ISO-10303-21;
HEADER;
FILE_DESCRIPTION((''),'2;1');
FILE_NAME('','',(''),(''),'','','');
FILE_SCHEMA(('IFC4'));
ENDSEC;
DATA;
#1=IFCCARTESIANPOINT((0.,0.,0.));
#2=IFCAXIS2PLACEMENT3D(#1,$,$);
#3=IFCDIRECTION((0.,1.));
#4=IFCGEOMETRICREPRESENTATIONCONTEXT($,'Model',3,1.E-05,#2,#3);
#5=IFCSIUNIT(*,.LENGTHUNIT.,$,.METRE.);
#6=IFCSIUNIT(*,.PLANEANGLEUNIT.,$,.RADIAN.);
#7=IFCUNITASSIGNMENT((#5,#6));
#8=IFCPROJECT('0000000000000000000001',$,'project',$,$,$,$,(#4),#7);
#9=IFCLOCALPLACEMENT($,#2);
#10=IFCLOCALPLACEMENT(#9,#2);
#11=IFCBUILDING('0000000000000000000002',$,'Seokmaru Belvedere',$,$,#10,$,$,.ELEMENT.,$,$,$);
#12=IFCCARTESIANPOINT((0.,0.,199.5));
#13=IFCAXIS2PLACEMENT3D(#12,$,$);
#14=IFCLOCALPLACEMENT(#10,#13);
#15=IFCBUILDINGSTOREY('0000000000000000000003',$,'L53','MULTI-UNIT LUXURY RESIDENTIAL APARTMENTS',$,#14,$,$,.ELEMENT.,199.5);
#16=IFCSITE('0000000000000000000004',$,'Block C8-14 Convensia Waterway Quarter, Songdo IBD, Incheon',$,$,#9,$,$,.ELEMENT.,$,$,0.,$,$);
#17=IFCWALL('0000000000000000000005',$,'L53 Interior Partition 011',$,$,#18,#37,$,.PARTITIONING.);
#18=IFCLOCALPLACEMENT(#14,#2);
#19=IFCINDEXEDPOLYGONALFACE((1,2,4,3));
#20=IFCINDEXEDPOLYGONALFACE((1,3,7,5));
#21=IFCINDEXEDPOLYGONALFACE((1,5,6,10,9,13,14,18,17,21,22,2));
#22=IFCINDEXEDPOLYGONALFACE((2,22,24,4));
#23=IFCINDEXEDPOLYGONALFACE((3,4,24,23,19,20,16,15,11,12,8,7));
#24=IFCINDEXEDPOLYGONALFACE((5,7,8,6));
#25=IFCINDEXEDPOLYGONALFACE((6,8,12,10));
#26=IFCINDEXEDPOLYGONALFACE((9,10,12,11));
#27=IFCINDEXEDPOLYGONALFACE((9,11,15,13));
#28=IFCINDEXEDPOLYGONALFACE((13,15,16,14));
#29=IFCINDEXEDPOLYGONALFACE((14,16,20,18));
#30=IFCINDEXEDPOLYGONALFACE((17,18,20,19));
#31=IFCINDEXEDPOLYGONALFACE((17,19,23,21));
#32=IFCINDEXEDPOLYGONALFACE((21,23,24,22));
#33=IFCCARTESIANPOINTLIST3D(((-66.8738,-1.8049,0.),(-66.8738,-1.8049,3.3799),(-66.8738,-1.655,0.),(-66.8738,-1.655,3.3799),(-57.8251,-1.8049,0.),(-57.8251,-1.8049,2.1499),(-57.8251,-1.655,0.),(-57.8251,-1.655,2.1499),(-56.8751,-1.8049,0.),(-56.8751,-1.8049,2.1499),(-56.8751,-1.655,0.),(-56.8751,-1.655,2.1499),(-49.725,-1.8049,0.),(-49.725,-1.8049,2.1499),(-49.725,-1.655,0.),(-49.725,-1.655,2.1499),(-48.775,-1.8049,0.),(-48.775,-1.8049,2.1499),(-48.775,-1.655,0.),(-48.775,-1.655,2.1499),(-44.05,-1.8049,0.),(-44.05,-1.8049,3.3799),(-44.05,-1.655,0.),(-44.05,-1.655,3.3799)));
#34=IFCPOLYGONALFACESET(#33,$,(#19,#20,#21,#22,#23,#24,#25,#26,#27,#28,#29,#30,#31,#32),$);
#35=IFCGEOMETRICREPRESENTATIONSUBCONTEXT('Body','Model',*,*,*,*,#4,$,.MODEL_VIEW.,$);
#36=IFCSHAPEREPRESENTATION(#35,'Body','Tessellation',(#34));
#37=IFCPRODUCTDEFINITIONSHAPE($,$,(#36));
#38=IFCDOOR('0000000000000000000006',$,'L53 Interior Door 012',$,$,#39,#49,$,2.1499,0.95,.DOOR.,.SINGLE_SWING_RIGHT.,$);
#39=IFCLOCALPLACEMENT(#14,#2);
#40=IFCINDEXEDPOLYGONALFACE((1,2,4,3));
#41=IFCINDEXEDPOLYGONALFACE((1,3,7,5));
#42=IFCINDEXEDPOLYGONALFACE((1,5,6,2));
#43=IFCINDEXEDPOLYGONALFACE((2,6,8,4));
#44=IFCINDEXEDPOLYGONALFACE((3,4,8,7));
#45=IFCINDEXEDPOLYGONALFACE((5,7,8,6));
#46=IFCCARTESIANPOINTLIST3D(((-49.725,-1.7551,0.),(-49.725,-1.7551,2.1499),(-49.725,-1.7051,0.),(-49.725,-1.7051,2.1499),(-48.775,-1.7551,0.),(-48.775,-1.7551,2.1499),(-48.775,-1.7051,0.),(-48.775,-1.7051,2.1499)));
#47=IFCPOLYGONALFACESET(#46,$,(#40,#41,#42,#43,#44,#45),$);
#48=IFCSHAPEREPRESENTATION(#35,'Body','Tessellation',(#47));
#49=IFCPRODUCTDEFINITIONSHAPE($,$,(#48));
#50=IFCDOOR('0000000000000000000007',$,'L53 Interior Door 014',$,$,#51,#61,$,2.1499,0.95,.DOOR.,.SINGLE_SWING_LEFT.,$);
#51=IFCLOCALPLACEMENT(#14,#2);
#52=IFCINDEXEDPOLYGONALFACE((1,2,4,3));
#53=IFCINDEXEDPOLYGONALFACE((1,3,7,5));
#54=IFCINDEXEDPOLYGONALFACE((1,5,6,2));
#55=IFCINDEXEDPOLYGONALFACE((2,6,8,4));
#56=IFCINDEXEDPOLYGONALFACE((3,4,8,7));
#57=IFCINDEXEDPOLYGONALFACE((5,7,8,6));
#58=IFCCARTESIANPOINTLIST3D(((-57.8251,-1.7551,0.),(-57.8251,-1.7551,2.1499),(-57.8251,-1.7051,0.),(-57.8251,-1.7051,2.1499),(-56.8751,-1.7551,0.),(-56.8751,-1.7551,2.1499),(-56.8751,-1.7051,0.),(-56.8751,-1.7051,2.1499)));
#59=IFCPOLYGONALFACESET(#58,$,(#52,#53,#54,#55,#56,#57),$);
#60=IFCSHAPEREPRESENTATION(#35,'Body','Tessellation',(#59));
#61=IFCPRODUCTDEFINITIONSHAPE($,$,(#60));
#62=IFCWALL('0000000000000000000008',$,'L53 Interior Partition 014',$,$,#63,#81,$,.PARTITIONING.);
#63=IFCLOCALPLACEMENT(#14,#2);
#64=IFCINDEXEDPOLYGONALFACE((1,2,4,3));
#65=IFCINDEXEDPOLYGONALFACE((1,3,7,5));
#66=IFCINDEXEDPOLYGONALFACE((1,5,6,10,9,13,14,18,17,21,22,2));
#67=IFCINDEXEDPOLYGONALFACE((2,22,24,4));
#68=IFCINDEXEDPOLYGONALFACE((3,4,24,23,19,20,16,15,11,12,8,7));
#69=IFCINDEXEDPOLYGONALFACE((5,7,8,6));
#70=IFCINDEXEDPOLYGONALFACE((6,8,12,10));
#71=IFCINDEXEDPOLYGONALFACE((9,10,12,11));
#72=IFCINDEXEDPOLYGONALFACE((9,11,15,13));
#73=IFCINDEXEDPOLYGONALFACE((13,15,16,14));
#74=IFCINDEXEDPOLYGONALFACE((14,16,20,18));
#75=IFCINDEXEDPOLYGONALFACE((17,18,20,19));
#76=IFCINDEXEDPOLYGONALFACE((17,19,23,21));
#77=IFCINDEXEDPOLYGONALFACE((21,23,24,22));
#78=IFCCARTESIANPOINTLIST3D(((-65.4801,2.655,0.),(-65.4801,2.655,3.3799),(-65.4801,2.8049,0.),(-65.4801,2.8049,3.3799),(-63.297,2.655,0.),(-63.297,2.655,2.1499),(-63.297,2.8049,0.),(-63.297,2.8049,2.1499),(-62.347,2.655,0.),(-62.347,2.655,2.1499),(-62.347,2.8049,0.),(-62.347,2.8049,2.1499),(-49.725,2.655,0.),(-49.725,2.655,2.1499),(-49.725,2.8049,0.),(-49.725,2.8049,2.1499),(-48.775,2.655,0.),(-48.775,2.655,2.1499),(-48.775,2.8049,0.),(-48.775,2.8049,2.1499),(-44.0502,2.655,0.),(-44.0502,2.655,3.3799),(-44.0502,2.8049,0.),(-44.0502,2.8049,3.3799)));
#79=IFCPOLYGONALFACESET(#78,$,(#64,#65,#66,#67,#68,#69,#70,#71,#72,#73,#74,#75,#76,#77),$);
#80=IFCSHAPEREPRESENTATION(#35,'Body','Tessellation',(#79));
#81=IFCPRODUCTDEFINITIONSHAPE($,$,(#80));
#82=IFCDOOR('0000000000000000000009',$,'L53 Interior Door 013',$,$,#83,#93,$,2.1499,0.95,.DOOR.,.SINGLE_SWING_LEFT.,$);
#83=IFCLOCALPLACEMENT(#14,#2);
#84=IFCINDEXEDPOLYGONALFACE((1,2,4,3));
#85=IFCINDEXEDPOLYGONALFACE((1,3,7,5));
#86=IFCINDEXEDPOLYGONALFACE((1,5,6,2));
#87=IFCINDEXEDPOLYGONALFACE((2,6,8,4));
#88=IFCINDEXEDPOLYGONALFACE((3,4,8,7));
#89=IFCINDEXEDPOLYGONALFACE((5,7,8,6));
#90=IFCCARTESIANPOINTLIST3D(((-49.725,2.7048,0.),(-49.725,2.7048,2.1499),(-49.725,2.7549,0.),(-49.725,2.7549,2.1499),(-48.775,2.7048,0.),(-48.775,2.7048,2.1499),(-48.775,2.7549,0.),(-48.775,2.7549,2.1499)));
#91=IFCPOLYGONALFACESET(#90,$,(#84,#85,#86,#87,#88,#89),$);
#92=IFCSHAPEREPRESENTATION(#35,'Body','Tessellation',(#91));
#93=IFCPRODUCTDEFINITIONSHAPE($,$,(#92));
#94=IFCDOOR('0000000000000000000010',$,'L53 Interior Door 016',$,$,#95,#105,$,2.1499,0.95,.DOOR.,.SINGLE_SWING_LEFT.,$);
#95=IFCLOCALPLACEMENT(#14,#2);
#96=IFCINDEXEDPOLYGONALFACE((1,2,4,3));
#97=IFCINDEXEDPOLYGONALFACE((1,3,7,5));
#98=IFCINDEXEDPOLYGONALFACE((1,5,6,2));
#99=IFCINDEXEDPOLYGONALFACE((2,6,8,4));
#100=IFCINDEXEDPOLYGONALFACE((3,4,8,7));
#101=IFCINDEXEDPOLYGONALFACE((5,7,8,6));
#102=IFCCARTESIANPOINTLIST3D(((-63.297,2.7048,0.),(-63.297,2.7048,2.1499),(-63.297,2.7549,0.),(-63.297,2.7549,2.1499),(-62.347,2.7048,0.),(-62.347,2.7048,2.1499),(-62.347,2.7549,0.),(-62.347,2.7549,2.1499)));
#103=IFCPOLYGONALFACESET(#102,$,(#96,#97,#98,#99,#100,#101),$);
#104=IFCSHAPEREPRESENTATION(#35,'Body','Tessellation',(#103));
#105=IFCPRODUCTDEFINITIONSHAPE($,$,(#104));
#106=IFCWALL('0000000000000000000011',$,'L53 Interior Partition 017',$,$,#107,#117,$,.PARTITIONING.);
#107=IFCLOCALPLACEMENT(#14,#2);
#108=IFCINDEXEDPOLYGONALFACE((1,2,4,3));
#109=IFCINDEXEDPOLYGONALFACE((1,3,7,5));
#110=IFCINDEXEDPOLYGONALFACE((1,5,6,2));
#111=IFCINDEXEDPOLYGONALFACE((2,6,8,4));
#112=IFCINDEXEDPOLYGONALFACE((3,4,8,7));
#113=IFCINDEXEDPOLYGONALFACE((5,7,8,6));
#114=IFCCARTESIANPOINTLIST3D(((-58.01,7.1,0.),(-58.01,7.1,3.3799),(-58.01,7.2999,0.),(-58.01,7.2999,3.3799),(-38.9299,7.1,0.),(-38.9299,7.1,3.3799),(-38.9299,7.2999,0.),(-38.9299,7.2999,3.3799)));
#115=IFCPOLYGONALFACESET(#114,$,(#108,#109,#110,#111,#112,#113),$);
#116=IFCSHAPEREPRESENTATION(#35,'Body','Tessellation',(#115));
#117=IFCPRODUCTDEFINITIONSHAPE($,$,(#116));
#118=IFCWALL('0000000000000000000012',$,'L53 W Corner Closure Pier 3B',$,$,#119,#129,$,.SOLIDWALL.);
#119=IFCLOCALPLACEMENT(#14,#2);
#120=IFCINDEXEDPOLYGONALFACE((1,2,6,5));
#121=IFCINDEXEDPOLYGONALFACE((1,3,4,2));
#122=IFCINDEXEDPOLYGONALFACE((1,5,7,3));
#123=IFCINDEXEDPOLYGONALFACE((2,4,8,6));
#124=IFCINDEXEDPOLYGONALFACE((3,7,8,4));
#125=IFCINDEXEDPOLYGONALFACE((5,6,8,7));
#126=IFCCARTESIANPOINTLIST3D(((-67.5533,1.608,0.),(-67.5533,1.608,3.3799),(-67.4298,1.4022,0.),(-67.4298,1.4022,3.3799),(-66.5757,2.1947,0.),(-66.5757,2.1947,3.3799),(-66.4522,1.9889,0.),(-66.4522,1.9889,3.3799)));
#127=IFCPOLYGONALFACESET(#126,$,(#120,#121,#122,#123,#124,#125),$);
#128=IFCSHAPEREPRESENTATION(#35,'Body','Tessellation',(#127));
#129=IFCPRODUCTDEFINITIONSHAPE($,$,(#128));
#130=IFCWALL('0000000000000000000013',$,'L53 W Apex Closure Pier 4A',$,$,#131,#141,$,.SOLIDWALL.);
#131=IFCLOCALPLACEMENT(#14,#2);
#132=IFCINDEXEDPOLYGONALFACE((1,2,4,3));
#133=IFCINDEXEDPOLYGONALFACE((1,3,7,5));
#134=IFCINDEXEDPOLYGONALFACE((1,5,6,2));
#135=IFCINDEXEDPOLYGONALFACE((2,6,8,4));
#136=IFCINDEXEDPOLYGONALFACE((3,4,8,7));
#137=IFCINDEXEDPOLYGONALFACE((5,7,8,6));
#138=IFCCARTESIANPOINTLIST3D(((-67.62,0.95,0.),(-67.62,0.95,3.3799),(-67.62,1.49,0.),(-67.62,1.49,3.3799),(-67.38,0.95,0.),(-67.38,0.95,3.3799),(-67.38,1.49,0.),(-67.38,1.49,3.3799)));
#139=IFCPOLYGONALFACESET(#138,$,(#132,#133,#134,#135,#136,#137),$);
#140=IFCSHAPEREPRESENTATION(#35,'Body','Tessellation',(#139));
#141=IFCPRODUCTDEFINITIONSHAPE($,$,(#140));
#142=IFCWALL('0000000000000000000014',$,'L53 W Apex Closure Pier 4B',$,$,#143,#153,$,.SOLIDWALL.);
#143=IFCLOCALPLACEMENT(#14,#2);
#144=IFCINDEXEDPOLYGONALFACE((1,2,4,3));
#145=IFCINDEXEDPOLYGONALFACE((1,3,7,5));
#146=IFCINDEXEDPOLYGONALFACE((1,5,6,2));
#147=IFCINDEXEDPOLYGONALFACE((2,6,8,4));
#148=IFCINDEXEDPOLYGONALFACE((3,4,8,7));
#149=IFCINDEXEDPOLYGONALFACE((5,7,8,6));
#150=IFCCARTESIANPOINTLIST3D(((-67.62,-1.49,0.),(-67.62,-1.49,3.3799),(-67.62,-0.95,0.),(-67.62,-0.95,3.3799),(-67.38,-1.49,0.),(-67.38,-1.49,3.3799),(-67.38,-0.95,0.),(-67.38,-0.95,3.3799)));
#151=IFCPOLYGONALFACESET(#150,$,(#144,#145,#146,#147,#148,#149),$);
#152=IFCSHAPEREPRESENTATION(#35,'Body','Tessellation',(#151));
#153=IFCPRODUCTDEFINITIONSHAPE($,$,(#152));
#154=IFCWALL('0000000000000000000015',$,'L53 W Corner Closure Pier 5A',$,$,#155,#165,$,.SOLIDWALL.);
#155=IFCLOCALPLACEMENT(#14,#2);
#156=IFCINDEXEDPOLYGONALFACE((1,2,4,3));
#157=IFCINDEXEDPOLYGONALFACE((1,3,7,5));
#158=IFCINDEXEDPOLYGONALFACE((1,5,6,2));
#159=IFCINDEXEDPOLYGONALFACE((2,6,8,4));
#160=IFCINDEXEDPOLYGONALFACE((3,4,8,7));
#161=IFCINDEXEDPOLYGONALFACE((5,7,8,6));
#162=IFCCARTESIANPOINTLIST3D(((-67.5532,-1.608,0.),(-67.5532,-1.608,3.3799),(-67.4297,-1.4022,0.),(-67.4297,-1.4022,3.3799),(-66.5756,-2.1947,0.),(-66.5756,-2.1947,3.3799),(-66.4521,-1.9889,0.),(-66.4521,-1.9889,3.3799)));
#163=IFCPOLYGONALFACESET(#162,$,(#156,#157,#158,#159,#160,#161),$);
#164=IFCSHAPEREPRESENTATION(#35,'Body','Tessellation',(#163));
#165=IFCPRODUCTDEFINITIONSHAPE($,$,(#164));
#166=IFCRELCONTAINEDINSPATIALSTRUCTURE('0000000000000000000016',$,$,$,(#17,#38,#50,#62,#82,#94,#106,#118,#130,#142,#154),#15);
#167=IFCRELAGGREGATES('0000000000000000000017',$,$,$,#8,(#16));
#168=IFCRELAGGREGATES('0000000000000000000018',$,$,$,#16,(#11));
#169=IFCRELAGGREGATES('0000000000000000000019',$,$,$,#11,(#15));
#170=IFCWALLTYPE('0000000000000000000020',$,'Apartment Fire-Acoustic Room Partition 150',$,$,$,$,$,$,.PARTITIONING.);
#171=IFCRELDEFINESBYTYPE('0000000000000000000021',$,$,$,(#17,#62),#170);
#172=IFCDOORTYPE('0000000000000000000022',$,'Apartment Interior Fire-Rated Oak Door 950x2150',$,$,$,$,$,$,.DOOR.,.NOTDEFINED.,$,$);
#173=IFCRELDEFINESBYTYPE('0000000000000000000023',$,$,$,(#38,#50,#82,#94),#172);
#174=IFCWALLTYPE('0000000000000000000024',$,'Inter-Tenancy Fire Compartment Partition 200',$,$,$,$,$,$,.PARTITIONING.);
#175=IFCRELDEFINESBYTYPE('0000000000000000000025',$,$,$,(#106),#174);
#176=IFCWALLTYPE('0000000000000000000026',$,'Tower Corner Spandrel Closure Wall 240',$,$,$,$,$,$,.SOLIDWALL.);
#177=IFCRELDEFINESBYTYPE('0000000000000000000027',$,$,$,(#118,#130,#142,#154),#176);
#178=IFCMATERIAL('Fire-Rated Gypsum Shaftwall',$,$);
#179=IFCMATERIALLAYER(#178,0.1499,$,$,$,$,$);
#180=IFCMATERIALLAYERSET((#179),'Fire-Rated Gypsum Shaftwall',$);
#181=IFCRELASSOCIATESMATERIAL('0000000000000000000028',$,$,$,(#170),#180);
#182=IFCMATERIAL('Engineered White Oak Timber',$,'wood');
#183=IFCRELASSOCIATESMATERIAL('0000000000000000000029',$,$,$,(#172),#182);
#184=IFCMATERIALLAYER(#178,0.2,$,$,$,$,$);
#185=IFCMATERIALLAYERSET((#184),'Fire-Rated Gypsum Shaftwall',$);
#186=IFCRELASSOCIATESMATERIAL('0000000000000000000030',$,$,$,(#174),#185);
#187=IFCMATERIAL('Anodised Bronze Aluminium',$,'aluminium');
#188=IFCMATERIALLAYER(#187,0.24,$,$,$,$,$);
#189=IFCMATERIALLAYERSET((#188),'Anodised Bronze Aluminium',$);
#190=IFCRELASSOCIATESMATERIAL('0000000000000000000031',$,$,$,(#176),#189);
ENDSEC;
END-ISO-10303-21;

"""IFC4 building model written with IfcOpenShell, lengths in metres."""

from ifc_helpers import new_model, si_unit, direction, frame, frame_2d, origin, place, context, subcontext, project, spatial, rectangle, extrude, source, transform, mapped, material, layer, layer_set, type_object, type_shapes, element, fill, save


model = new_model("IFC4")

# Units and contexts
model_context = context("Model", 3, precision=1e-05, world=origin(), true_north=direction((0.0, 1.0)))
body_context = subcontext(model_context, "Body", "Model", "MODEL_VIEW")
ifc_project = project(units=[si_unit("LENGTHUNIT", "METRE"), si_unit("PLANEANGLEUNIT", "RADIAN")], contexts=[model_context])

# Site, building, storey
site_placement = place(None, origin())
site = spatial("IfcSite", under=ifc_project, at=site_placement, Name="Block C8-14 Convensia Waterway Quarter, Songdo IBD, Incheon", CompositionType="ELEMENT", RefElevation=0.0)
building_placement = place(site_placement, origin())
building = spatial("IfcBuilding", under=site, at=building_placement, Name="Seokmaru Belvedere", CompositionType="ELEMENT")
storey_placement = place(building_placement, frame((0.0, 0.0, 199.5)))
storey = spatial("IfcBuildingStorey", under=building, at=storey_placement, Name="L53", Description="MULTI-UNIT LUXURY RESIDENTIAL APARTMENTS", CompositionType="ELEMENT", Elevation=199.5)

# Shared definitions
ifc_material_1 = material(Name="Anodised Bronze Aluminium", Category="aluminium")

# Walls, openings, doors
ifc_material_2 = material(Name="Fire-Rated Gypsum Shaftwall")
ifc_layer_1 = layer(ifc_material_2, 0.1499)
ifc_layer_set_1 = layer_set([ifc_layer_1], Name="Fire-Rated Gypsum Shaftwall")
wall_type_1 = type_object("IfcWallType", Name="Apartment Fire-Acoustic Room Partition 150", PredefinedType="PARTITIONING", material=ifc_layer_set_1)
wall_1_placement = place(storey_placement, frame((-66.8738, -1.73, 0.0), z_axis=(0.0, 0.0, 1.0), x_axis=(1.0, 0.0, 0.0)))
wall_1 = element("IfcWall", 1, at=wall_1_placement, inside=storey, type_object=wall_type_1, Name="L53 Interior Partition 011", PredefinedType="PARTITIONING", context=body_context, shape_type="SweptSolid", body=[
    extrude(rectangle(XDim=22.8237, YDim=0.1499, at=frame_2d((11.4119, 0.0))), origin(), (0.0, 0.0, 1.0), 3.3799),
])
opening_1_placement = place(wall_1_placement, frame((17.1487, 0.0, 0.0)))
opening_1 = element("IfcOpeningElement", 2, at=opening_1_placement, cuts=wall_1, PredefinedType="OPENING", context=body_context, shape_type="SweptSolid", body=[
    extrude(rectangle(XDim=0.95, YDim=2.1499, at=frame_2d((0.4751, 1.075))), frame((0.0, 0.085, 0.0), z_axis=(0.0, -1.0, 0.0), x_axis=(1.0, 0.0, 0.0)), (0.0, 0.0, 1.0), 0.1699),
])
opening_2_placement = place(wall_1_placement, frame((9.0486, 0.0, 0.0)))
opening_2 = element("IfcOpeningElement", 3, at=opening_2_placement, cuts=wall_1, PredefinedType="OPENING", context=body_context, shape_type="SweptSolid", body=[
    extrude(rectangle(XDim=0.95, YDim=2.1499, at=frame_2d((0.4751, 1.075))), frame((0.0, 0.085, 0.0), z_axis=(0.0, -1.0, 0.0), x_axis=(1.0, 0.0, 0.0)), (0.0, 0.0, 1.0), 0.1699),
])
ifc_material_3 = material(Name="Engineered White Oak Timber", Category="wood")
door_type = type_object("IfcDoorType", Name="Apartment Interior Fire-Rated Oak Door 950x2150", OperationType="NOTDEFINED", PredefinedType="DOOR", material=ifc_material_3)
shared_shape_1 = source(origin(), body_context, "Body", "SweptSolid", [
    extrude(rectangle(XDim=0.95, YDim=2.1499, at=frame_2d((0.4751, 1.075))), frame((0.0, 0.0249, 0.0), z_axis=(0.0, -1.0, 0.0), x_axis=(1.0, 0.0, 0.0)), (0.0, 0.0, 1.0), 0.05),
])
type_shapes(door_type, [shared_shape_1])
door_1_placement = place(opening_1_placement, origin())
door_1 = element("IfcDoor", 4, at=door_1_placement, inside=storey, type_object=door_type, Name="L53 Interior Door 012", OperationType="SINGLE_SWING_RIGHT", OverallHeight=2.1499, OverallWidth=0.95, PredefinedType="DOOR", context=body_context, shape_type="MappedRepresentation", body=[
    mapped(shared_shape_1, transform((0.0, 0.0, 0.0), scale=1.0)),
])
fill(opening_1, door_1)
door_2_placement = place(opening_2_placement, origin())
door_2 = element("IfcDoor", 5, at=door_2_placement, inside=storey, type_object=door_type, Name="L53 Interior Door 014", OperationType="SINGLE_SWING_LEFT", OverallHeight=2.1499, OverallWidth=0.95, PredefinedType="DOOR", context=body_context, shape_type="MappedRepresentation", body=[
    mapped(shared_shape_1, transform((0.0, 0.0, 0.0), scale=1.0)),
])
fill(opening_2, door_2)
wall_2_placement = place(storey_placement, frame((-65.48, 2.73, 0.0), z_axis=(0.0, 0.0, 1.0), x_axis=(1.0, 0.0, 0.0)))
wall_2 = element("IfcWall", 6, at=wall_2_placement, inside=storey, type_object=wall_type_1, Name="L53 Interior Partition 014", PredefinedType="PARTITIONING", context=body_context, shape_type="SweptSolid", body=[
    extrude(rectangle(XDim=21.4299, YDim=0.1499, at=frame_2d((10.7148, 0.0))), origin(), (0.0, 0.0, 1.0), 3.3799),
])
opening_3_placement = place(wall_2_placement, frame((15.7549, 0.0, 0.0)))
opening_3 = element("IfcOpeningElement", 7, at=opening_3_placement, cuts=wall_2, PredefinedType="OPENING", context=body_context, shape_type="SweptSolid", body=[
    extrude(rectangle(XDim=0.95, YDim=2.1499, at=frame_2d((0.4751, 1.075))), frame((0.0, 0.085, 0.0), z_axis=(0.0, -1.0, 0.0), x_axis=(1.0, 0.0, 0.0)), (0.0, 0.0, 1.0), 0.1699),
])
opening_4_placement = place(wall_2_placement, frame((2.1829, 0.0, 0.0)))
opening_4 = element("IfcOpeningElement", 8, at=opening_4_placement, cuts=wall_2, PredefinedType="OPENING", context=body_context, shape_type="SweptSolid", body=[
    extrude(rectangle(XDim=0.95, YDim=2.1499, at=frame_2d((0.4751, 1.075))), frame((0.0, 0.085, 0.0), z_axis=(0.0, -1.0, 0.0), x_axis=(1.0, 0.0, 0.0)), (0.0, 0.0, 1.0), 0.1699),
])
door_3_placement = place(opening_3_placement, origin())
door_3 = element("IfcDoor", 9, at=door_3_placement, inside=storey, type_object=door_type, Name="L53 Interior Door 013", OperationType="SINGLE_SWING_LEFT", OverallHeight=2.1499, OverallWidth=0.95, PredefinedType="DOOR", context=body_context, shape_type="MappedRepresentation", body=[
    mapped(shared_shape_1, transform((0.0, 0.0, 0.0), scale=1.0)),
])
fill(opening_3, door_3)
door_4_placement = place(opening_4_placement, origin())
door_4 = element("IfcDoor", 10, at=door_4_placement, inside=storey, type_object=door_type, Name="L53 Interior Door 016", OperationType="SINGLE_SWING_LEFT", OverallHeight=2.1499, OverallWidth=0.95, PredefinedType="DOOR", context=body_context, shape_type="MappedRepresentation", body=[
    mapped(shared_shape_1, transform((0.0, 0.0, 0.0), scale=1.0)),
])
fill(opening_4, door_4)

# Walls
ifc_layer_2 = layer(ifc_material_2, 0.2)
ifc_layer_set_2 = layer_set([ifc_layer_2], Name="Fire-Rated Gypsum Shaftwall")
wall_type_2 = type_object("IfcWallType", Name="Inter-Tenancy Fire Compartment Partition 200", PredefinedType="PARTITIONING", material=ifc_layer_set_2)
wall_3_placement = place(storey_placement, frame((-58.01, 7.2, 0.0), z_axis=(0.0, 0.0, 1.0), x_axis=(1.0, 0.0, 0.0)))
element("IfcWall", 11, at=wall_3_placement, inside=storey, type_object=wall_type_2, Name="L53 Interior Partition 017", PredefinedType="PARTITIONING", context=body_context, shape_type="SweptSolid", body=[
    extrude(rectangle(XDim=19.0801, YDim=0.2, at=frame_2d((9.54, 0.0))), origin(), (0.0, 0.0, 1.0), 3.3799),
])
ifc_layer_3 = layer(ifc_material_1, 0.24)
ifc_layer_set_3 = layer_set([ifc_layer_3], Name="Anodised Bronze Aluminium")
wall_type_3 = type_object("IfcWallType", Name="Tower Corner Spandrel Closure Wall 240", PredefinedType="SOLIDWALL", material=ifc_layer_set_3)
wall_4_placement = place(storey_placement, frame((-66.5139, 2.0918, 0.0), z_axis=(0.0, 0.0, 1.0), x_axis=(-0.857436, -0.51459, 0.0)))
element("IfcWall", 12, at=wall_4_placement, inside=storey, type_object=wall_type_3, Name="L53 W Corner Closure Pier 3B", PredefinedType="SOLIDWALL", context=body_context, shape_type="SweptSolid", body=[
    extrude(rectangle(XDim=1.1401, YDim=0.24, at=frame_2d((0.5701, 0.0))), origin(), (0.0, 0.0, 1.0), 3.3799),
])
for number, where, z_axis, x_axis, name in (
    (13, (-67.5, 1.49, 0.0), (0.0, 0.0, 1.0), (0.0, -1.0, 0.0), "L53 W Apex Closure Pier 4A"),
    (14, (-67.5, -0.95, 0.0), (0.0, 0.0, 1.0), (0.0, -1.0, 0.0), "L53 W Apex Closure Pier 4B"),
):
    element("IfcWall", number, at=place(storey_placement, frame(where, z_axis=z_axis, x_axis=x_axis)), inside=storey, type_object=wall_type_3, Name=name, PredefinedType="SOLIDWALL", context=body_context, shape_type="SweptSolid", body=[
        extrude(rectangle(XDim=0.54, YDim=0.24, at=frame_2d((0.27, 0.0))), origin(), (0.0, 0.0, 1.0), 3.3799),
    ])
wall_5_placement = place(storey_placement, frame((-67.4915, -1.5051, 0.0), z_axis=(0.0, 0.0, 1.0), x_axis=(0.857436, -0.51459, 0.0)))
element("IfcWall", 15, at=wall_5_placement, inside=storey, type_object=wall_type_3, Name="L53 W Corner Closure Pier 5A", PredefinedType="SOLIDWALL", context=body_context, shape_type="SweptSolid", body=[
    extrude(rectangle(XDim=1.1401, YDim=0.24, at=frame_2d((0.5701, 0.0))), origin(), (0.0, 0.0, 1.0), 3.3799),
])

save(model, "model.ifc")
